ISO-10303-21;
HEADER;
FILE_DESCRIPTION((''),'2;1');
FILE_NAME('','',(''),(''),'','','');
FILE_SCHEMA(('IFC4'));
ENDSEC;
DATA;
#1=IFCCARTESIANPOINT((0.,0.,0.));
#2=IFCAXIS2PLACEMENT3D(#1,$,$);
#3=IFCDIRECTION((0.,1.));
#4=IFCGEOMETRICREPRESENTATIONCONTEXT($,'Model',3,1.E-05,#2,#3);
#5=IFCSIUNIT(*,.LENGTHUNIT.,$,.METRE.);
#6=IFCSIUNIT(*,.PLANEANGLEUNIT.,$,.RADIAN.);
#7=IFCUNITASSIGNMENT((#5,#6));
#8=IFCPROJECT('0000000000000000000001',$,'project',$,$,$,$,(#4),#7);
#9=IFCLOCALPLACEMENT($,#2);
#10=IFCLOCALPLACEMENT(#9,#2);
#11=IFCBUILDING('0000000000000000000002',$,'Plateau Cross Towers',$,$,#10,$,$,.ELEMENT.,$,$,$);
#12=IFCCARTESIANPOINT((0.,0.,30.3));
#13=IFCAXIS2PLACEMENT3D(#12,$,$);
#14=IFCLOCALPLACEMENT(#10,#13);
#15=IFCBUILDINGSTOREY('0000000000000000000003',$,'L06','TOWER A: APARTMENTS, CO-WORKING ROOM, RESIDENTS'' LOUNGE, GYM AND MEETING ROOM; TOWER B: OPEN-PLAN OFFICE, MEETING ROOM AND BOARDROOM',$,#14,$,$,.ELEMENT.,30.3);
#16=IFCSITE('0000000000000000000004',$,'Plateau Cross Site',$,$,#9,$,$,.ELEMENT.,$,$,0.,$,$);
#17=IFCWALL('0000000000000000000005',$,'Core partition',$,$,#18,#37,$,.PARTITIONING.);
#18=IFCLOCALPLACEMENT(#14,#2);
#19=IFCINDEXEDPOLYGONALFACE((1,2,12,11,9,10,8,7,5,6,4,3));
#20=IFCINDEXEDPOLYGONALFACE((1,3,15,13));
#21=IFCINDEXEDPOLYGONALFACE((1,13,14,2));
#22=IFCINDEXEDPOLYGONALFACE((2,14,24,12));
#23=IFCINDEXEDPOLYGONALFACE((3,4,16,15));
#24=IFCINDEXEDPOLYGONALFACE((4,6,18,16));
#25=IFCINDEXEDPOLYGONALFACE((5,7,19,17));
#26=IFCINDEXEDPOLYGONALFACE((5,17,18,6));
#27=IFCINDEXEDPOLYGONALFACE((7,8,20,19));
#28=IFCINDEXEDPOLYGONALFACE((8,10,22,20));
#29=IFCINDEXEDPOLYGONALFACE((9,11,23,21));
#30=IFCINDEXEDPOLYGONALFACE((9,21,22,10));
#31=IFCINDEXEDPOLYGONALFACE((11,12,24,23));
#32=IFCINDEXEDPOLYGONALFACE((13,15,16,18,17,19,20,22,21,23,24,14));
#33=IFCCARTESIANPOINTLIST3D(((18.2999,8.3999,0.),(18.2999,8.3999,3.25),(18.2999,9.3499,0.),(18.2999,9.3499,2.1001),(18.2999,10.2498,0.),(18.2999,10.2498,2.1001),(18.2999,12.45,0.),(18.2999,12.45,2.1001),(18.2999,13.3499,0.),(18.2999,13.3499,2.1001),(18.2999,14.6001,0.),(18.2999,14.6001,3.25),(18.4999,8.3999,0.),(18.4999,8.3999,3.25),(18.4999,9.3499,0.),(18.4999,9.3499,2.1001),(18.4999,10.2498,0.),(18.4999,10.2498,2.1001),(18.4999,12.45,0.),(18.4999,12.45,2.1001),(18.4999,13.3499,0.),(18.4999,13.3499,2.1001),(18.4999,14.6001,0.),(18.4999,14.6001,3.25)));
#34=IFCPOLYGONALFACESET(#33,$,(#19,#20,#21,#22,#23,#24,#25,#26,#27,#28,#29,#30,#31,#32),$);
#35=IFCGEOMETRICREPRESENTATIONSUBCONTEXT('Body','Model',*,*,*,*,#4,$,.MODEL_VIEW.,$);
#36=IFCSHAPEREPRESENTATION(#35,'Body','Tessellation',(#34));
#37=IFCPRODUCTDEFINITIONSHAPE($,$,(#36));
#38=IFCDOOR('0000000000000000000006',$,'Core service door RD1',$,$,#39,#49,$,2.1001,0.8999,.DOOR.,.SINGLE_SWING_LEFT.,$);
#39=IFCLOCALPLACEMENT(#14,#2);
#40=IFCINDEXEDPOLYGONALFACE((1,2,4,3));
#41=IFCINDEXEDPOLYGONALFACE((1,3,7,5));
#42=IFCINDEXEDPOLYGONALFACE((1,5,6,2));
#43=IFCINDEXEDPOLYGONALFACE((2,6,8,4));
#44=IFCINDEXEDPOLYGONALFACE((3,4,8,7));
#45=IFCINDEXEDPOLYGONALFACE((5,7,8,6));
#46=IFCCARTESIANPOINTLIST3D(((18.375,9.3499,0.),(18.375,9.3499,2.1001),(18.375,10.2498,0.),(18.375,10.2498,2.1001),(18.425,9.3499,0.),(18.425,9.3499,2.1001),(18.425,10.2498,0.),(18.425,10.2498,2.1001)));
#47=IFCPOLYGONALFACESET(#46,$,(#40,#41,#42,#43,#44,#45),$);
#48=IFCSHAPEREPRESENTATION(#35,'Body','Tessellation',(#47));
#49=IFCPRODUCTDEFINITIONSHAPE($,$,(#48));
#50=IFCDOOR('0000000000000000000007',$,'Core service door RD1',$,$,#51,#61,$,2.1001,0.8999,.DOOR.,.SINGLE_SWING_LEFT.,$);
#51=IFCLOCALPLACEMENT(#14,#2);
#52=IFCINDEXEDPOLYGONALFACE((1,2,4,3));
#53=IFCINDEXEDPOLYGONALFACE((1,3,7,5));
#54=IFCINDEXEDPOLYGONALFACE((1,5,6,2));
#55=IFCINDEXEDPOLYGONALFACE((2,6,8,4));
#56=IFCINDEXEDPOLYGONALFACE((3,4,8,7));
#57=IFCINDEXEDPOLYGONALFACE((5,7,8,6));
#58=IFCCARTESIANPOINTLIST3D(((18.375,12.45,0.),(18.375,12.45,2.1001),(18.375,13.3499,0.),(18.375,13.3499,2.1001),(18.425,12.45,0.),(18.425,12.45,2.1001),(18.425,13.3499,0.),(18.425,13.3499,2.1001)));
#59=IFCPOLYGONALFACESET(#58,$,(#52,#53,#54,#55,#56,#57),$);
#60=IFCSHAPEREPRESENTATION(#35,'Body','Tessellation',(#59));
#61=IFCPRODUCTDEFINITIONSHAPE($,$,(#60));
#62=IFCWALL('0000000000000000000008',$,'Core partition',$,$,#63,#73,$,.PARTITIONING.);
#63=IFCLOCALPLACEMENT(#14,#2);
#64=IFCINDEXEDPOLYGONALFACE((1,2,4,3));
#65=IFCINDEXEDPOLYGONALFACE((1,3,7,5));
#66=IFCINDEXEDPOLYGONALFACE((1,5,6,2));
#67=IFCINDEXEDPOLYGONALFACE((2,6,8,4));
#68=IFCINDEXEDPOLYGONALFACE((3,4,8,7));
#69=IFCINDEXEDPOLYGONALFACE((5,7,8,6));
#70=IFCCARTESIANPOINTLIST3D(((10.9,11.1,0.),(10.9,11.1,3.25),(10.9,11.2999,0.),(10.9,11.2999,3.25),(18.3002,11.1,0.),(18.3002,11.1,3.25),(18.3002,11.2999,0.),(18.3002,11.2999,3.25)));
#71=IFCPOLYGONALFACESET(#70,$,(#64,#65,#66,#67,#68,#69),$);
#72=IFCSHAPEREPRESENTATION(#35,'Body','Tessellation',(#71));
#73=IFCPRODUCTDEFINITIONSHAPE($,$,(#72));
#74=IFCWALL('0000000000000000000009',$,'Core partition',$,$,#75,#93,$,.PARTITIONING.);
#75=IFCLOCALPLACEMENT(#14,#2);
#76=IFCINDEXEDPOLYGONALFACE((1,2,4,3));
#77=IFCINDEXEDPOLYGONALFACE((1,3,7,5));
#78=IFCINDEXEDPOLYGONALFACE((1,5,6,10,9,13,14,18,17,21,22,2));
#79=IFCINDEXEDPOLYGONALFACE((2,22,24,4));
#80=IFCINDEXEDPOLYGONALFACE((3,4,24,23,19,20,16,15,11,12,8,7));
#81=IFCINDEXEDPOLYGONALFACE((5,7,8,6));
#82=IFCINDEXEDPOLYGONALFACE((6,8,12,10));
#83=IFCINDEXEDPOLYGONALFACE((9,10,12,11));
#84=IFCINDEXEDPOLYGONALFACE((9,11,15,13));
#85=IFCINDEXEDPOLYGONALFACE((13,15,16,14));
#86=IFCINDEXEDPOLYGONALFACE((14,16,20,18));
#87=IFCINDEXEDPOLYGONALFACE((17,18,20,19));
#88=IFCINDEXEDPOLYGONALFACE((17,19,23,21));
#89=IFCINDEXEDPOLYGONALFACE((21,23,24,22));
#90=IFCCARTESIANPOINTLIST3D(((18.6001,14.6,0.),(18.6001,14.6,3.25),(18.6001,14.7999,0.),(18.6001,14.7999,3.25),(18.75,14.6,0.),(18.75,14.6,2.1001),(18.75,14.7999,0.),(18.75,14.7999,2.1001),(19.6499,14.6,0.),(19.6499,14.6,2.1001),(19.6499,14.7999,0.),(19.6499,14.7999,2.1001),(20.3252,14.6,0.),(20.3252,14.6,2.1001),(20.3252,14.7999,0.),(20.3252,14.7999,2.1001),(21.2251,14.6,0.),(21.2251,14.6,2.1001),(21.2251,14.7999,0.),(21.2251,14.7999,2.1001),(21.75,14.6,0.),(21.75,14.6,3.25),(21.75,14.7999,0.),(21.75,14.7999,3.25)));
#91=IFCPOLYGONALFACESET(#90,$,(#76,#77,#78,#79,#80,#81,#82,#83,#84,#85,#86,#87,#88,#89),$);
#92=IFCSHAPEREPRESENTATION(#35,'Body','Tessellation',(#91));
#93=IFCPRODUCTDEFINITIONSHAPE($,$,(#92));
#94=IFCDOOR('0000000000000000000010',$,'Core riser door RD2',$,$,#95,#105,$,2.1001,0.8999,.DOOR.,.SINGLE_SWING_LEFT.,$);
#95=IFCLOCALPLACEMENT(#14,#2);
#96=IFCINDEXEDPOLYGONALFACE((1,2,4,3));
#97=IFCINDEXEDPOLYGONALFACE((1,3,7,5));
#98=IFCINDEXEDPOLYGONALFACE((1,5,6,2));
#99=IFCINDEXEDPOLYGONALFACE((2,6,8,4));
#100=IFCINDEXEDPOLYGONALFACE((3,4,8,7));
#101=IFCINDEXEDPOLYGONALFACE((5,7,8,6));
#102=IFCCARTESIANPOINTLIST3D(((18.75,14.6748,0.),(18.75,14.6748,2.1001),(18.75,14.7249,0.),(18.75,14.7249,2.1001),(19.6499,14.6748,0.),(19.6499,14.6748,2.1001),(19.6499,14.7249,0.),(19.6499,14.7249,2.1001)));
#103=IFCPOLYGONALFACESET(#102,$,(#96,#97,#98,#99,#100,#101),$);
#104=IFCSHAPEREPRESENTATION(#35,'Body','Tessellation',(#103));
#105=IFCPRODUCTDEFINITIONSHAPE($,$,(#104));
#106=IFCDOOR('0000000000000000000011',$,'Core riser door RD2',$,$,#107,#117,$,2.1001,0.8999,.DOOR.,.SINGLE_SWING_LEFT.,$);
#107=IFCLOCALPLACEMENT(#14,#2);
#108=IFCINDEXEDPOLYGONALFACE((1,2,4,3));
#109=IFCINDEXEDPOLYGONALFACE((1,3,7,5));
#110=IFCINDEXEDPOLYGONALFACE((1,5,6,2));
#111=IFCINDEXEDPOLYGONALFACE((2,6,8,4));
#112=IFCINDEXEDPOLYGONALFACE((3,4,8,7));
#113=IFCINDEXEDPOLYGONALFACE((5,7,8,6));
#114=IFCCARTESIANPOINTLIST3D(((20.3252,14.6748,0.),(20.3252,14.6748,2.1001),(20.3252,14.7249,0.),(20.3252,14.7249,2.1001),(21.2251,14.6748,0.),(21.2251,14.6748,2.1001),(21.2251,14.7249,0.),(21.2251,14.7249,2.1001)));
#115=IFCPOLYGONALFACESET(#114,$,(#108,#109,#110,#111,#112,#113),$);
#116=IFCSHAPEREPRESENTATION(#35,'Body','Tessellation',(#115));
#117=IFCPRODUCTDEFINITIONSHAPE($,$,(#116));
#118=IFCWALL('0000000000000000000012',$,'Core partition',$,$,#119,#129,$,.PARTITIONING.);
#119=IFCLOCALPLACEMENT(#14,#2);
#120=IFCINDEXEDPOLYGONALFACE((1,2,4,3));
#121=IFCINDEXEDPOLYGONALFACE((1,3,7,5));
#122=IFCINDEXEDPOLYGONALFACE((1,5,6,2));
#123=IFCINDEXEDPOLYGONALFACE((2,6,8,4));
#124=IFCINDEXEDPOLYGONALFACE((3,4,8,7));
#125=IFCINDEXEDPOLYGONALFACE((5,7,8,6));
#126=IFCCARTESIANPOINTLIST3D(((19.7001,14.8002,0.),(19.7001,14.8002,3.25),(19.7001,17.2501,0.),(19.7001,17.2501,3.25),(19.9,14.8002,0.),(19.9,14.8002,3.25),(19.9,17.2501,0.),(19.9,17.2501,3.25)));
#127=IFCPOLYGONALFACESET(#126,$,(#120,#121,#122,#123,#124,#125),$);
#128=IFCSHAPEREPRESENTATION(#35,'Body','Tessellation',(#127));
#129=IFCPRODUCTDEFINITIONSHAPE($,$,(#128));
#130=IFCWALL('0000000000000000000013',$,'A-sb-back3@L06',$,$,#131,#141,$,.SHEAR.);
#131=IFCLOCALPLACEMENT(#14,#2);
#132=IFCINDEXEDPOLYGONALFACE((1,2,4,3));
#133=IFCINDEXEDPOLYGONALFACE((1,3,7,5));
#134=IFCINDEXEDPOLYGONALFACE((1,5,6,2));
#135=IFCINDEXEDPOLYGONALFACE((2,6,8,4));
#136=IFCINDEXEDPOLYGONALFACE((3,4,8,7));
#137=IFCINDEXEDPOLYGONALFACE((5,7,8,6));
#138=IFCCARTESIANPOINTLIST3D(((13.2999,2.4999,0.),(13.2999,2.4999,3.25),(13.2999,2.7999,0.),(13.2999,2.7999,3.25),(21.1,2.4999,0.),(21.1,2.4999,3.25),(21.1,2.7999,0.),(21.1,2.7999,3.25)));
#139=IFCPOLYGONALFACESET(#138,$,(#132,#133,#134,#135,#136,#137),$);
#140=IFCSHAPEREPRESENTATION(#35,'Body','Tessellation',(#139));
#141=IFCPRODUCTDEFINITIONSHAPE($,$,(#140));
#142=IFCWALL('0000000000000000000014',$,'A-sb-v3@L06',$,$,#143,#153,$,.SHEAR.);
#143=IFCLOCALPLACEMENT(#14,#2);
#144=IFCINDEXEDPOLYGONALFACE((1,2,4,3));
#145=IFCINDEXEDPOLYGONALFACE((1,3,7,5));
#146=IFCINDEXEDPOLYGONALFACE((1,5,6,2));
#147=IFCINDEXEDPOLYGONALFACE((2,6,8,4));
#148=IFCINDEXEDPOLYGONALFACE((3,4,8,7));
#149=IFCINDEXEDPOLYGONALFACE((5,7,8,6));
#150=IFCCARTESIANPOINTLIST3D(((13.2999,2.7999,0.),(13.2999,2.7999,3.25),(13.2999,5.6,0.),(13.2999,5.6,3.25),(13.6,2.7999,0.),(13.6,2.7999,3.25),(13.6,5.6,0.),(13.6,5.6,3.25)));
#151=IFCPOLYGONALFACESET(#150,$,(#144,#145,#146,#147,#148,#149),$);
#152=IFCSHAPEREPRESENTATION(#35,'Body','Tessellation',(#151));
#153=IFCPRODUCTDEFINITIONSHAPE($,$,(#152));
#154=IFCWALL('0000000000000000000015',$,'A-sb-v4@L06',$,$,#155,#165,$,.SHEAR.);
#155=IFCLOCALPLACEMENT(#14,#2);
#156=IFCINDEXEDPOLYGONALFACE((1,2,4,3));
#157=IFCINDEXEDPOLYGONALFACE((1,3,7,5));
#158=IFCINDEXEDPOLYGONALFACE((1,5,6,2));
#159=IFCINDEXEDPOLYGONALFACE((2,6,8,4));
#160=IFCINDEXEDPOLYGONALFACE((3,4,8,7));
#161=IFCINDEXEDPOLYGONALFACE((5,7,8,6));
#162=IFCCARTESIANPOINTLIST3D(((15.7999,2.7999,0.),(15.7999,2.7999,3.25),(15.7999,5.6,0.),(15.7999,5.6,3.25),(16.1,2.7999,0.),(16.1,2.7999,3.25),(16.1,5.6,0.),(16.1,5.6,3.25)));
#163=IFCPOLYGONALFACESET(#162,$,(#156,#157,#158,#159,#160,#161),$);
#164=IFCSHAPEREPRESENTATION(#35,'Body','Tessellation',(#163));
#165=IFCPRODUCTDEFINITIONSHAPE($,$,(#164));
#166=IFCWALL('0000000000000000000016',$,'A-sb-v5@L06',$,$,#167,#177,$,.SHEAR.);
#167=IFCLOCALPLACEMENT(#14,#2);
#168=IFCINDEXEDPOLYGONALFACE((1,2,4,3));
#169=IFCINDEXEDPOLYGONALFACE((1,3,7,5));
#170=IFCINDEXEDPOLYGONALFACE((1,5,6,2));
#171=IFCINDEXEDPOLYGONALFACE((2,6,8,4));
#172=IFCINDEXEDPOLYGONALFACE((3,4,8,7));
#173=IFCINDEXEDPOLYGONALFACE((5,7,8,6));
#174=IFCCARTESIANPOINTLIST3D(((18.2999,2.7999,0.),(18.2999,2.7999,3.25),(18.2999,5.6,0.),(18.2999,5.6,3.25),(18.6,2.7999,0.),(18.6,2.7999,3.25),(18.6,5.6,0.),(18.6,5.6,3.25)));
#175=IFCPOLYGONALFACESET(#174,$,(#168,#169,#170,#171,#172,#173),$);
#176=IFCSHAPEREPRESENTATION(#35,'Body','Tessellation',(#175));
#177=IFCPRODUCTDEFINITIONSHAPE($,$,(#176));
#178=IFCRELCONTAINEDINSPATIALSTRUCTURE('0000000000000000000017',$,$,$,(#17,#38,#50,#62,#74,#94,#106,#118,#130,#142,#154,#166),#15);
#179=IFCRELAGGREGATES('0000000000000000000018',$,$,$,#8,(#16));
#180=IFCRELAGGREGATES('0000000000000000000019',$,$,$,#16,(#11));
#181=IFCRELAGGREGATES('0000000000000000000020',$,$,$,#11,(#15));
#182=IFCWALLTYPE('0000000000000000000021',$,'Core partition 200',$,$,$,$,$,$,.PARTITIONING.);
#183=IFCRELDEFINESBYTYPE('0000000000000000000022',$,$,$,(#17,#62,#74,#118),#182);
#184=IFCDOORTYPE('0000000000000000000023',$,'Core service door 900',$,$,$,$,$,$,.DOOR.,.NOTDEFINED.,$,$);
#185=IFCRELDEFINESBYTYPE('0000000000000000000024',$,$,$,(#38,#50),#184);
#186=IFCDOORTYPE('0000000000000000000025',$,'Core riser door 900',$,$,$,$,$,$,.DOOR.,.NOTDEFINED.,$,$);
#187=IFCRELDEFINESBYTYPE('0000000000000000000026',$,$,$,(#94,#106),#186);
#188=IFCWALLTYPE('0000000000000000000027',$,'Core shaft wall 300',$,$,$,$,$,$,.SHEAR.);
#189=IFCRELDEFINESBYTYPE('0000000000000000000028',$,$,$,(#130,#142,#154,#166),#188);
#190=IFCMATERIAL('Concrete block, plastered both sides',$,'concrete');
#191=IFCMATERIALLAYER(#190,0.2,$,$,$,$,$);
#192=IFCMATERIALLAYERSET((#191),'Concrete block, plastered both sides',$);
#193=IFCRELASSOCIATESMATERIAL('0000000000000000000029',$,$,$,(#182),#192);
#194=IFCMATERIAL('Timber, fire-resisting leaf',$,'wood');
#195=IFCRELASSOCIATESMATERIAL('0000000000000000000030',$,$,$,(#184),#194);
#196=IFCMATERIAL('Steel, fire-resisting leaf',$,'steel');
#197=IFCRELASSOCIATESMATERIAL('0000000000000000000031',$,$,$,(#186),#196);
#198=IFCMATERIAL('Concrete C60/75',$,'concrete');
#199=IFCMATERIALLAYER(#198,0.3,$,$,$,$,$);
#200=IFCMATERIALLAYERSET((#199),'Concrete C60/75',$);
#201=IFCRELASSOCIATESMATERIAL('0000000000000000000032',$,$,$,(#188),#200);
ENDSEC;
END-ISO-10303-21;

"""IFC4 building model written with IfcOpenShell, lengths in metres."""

from ifc_helpers import new_model, si_unit, direction, frame, frame_2d, origin, place, context, subcontext, project, spatial, rectangle, extrude, material, layer, layer_set, type_object, element, fill, save


model = new_model("IFC4")

# Units and contexts
model_context = context("Model", 3, precision=1e-05, world=origin(), true_north=direction((0.0, 1.0)))
body_context = subcontext(model_context, "Body", "Model", "MODEL_VIEW")
ifc_project = project(units=[si_unit("LENGTHUNIT", "METRE"), si_unit("PLANEANGLEUNIT", "RADIAN")], contexts=[model_context])

# Site, building, storey
site_placement = place(None, origin())
site = spatial("IfcSite", under=ifc_project, at=site_placement, Name="Plateau Cross Site", CompositionType="ELEMENT", RefElevation=0.0)
building_placement = place(site_placement, origin())
building = spatial("IfcBuilding", under=site, at=building_placement, Name="Plateau Cross Towers", CompositionType="ELEMENT")
storey_placement = place(building_placement, frame((0.0, 0.0, 30.3)))
storey = spatial("IfcBuildingStorey", under=building, at=storey_placement, Name="L06", Description="TOWER A: APARTMENTS, CO-WORKING ROOM, RESIDENTS' LOUNGE, GYM AND MEETING ROOM; TOWER B: OPEN-PLAN OFFICE, MEETING ROOM AND BOARDROOM", CompositionType="ELEMENT", Elevation=30.3)

# Shared definitions
ifc_material_1 = material(Name="Concrete C60/75", Category="concrete")

# Shared definitions
ifc_material_2 = material(Name="Concrete block, plastered both sides", Category="concrete")
ifc_layer_1 = layer(ifc_material_2, 0.2)
ifc_layer_set_1 = layer_set([ifc_layer_1], Name="Concrete block, plastered both sides")
wall_type_1 = type_object("IfcWallType", Name="Core partition 200", PredefinedType="PARTITIONING", material=ifc_layer_set_1)

# Wall, openings, doors
wall_1_placement = place(storey_placement, frame((18.3999, 8.3999, 0.0), z_axis=(0.0, 0.0, 1.0), x_axis=(0.0, 1.0, 0.0)))
wall_1 = element("IfcWall", 1, at=wall_1_placement, inside=storey, type_object=wall_type_1, Name="Core partition", PredefinedType="PARTITIONING", context=body_context, shape_type="SweptSolid", body=[
    extrude(rectangle(XDim=6.2002, YDim=0.2, at=frame_2d((3.1001, 0.0))), origin(), (0.0, 0.0, 1.0), 3.25),
])
opening_1_placement = place(wall_1_placement, frame((0.95, 0.0, 0.0)))
opening_1 = element("IfcOpeningElement", 2, at=opening_1_placement, cuts=wall_1, PredefinedType="OPENING", context=body_context, shape_type="SweptSolid", body=[
    extrude(rectangle(XDim=0.8999, YDim=2.1001, at=frame_2d((0.45, 1.05))), frame((0.0, 0.1099, 0.0), z_axis=(0.0, -1.0, 0.0), x_axis=(1.0, 0.0, 0.0)), (0.0, 0.0, 1.0), 0.22),
])
opening_2_placement = place(wall_1_placement, frame((4.05, 0.0, 0.0)))
opening_2 = element("IfcOpeningElement", 3, at=opening_2_placement, cuts=wall_1, PredefinedType="OPENING", context=body_context, shape_type="SweptSolid", body=[
    extrude(rectangle(XDim=0.8999, YDim=2.1001, at=frame_2d((0.45, 1.05))), frame((0.0, 0.1099, 0.0), z_axis=(0.0, -1.0, 0.0), x_axis=(1.0, 0.0, 0.0)), (0.0, 0.0, 1.0), 0.22),
])
ifc_material_3 = material(Name="Timber, fire-resisting leaf", Category="wood")
door_type_1 = type_object("IfcDoorType", Name="Core service door 900", OperationType="NOTDEFINED", PredefinedType="DOOR", material=ifc_material_3)
door_1_placement = place(opening_1_placement, origin())
door_1 = element("IfcDoor", 4, at=door_1_placement, inside=storey, type_object=door_type_1, Name="Core service door RD1", OperationType="SINGLE_SWING_LEFT", OverallHeight=2.1001, OverallWidth=0.8999, PredefinedType="DOOR", context=body_context, shape_type="SweptSolid", body=[
    extrude(rectangle(XDim=0.8999, YDim=2.1001, at=frame_2d((0.45, 1.05))), frame((0.0, 0.0249, 0.0), z_axis=(0.0, -1.0, 0.0), x_axis=(1.0, 0.0, 0.0)), (0.0, 0.0, 1.0), 0.05),
])
fill(opening_1, door_1)
door_2_placement = place(opening_2_placement, origin())
door_2 = element("IfcDoor", 5, at=door_2_placement, inside=storey, type_object=door_type_1, Name="Core service door RD1", OperationType="SINGLE_SWING_LEFT", OverallHeight=2.1001, OverallWidth=0.8999, PredefinedType="DOOR", context=body_context, shape_type="SweptSolid", body=[
    extrude(rectangle(XDim=0.8999, YDim=2.1001, at=frame_2d((0.45, 1.05))), frame((0.0, 0.0249, 0.0), z_axis=(0.0, -1.0, 0.0), x_axis=(1.0, 0.0, 0.0)), (0.0, 0.0, 1.0), 0.05),
])
fill(opening_2, door_2)

# Wall
wall_2_placement = place(storey_placement, frame((10.8999, 11.2, 0.0), z_axis=(0.0, 0.0, 1.0), x_axis=(1.0, 0.0, 0.0)))
element("IfcWall", 6, at=wall_2_placement, inside=storey, type_object=wall_type_1, Name="Core partition", PredefinedType="PARTITIONING", context=body_context, shape_type="SweptSolid", body=[
    extrude(rectangle(XDim=7.4001, YDim=0.2, at=frame_2d((3.7002, 0.0))), origin(), (0.0, 0.0, 1.0), 3.25),
])

# Wall, openings, doors
wall_3_placement = place(storey_placement, frame((18.6001, 14.7, 0.0), z_axis=(0.0, 0.0, 1.0), x_axis=(1.0, 0.0, 0.0)))
wall_3 = element("IfcWall", 7, at=wall_3_placement, inside=storey, type_object=wall_type_1, Name="Core partition", PredefinedType="PARTITIONING", context=body_context, shape_type="SweptSolid", body=[
    extrude(rectangle(XDim=3.1499, YDim=0.2, at=frame_2d((1.575, 0.0))), origin(), (0.0, 0.0, 1.0), 3.25),
])
opening_3_placement = place(wall_3_placement, frame((0.1499, 0.0, 0.0)))
opening_3 = element("IfcOpeningElement", 8, at=opening_3_placement, cuts=wall_3, PredefinedType="OPENING", context=body_context, shape_type="SweptSolid", body=[
    extrude(rectangle(XDim=0.8999, YDim=2.1001, at=frame_2d((0.45, 1.05))), frame((0.0, 0.1099, 0.0), z_axis=(0.0, -1.0, 0.0), x_axis=(1.0, 0.0, 0.0)), (0.0, 0.0, 1.0), 0.22),
])
opening_4_placement = place(wall_3_placement, frame((1.7251, 0.0, 0.0)))
opening_4 = element("IfcOpeningElement", 9, at=opening_4_placement, cuts=wall_3, PredefinedType="OPENING", context=body_context, shape_type="SweptSolid", body=[
    extrude(rectangle(XDim=0.8999, YDim=2.1001, at=frame_2d((0.45, 1.05))), frame((0.0, 0.1099, 0.0), z_axis=(0.0, -1.0, 0.0), x_axis=(1.0, 0.0, 0.0)), (0.0, 0.0, 1.0), 0.22),
])
ifc_material_4 = material(Name="Steel, fire-resisting leaf", Category="steel")
door_type_2 = type_object("IfcDoorType", Name="Core riser door 900", OperationType="NOTDEFINED", PredefinedType="DOOR", material=ifc_material_4)
door_3_placement = place(opening_3_placement, origin())
door_3 = element("IfcDoor", 10, at=door_3_placement, inside=storey, type_object=door_type_2, Name="Core riser door RD2", OperationType="SINGLE_SWING_LEFT", OverallHeight=2.1001, OverallWidth=0.8999, PredefinedType="DOOR", context=body_context, shape_type="SweptSolid", body=[
    extrude(rectangle(XDim=0.8999, YDim=2.1001, at=frame_2d((0.45, 1.05))), frame((0.0, 0.0249, 0.0), z_axis=(0.0, -1.0, 0.0), x_axis=(1.0, 0.0, 0.0)), (0.0, 0.0, 1.0), 0.05),
])
fill(opening_3, door_3)
door_4_placement = place(opening_4_placement, origin())
door_4 = element("IfcDoor", 11, at=door_4_placement, inside=storey, type_object=door_type_2, Name="Core riser door RD2", OperationType="SINGLE_SWING_LEFT", OverallHeight=2.1001, OverallWidth=0.8999, PredefinedType="DOOR", context=body_context, shape_type="SweptSolid", body=[
    extrude(rectangle(XDim=0.8999, YDim=2.1001, at=frame_2d((0.45, 1.05))), frame((0.0, 0.0249, 0.0), z_axis=(0.0, -1.0, 0.0), x_axis=(1.0, 0.0, 0.0)), (0.0, 0.0, 1.0), 0.05),
])
fill(opening_4, door_4)

# Walls
wall_4_placement = place(storey_placement, frame((19.8, 14.8, 0.0), z_axis=(0.0, 0.0, 1.0), x_axis=(0.0, 1.0, 0.0)))
element("IfcWall", 12, at=wall_4_placement, inside=storey, type_object=wall_type_1, Name="Core partition", PredefinedType="PARTITIONING", context=body_context, shape_type="SweptSolid", body=[
    extrude(rectangle(XDim=2.45, YDim=0.2, at=frame_2d((1.2251, 0.0))), origin(), (0.0, 0.0, 1.0), 3.25),
])
ifc_layer_2 = layer(ifc_material_1, 0.3)
ifc_layer_set_2 = layer_set([ifc_layer_2], Name="Concrete C60/75")
wall_type_2 = type_object("IfcWallType", Name="Core shaft wall 300", PredefinedType="SHEAR", material=ifc_layer_set_2)
wall_5_placement = place(storey_placement, frame((13.3, 2.6499, 0.0), z_axis=(0.0, 0.0, 1.0), x_axis=(1.0, 0.0, 0.0)))
element("IfcWall", 13, at=wall_5_placement, inside=storey, type_object=wall_type_2, Name="A-sb-back3@L06", PredefinedType="SHEAR", context=body_context, shape_type="SweptSolid", body=[
    extrude(rectangle(XDim=7.8, YDim=0.3, at=frame_2d((3.8999, 0.0))), origin(), (0.0, 0.0, 1.0), 3.25),
])
for number, where, z_axis, x_axis, name in (
    (14, (13.45, 2.8, 0.0), (0.0, 0.0, 1.0), (0.0, 1.0, 0.0), "A-sb-v3@L06"),
    (15, (15.95, 2.8, 0.0), (0.0, 0.0, 1.0), (0.0, 1.0, 0.0), "A-sb-v4@L06"),
    (16, (18.45, 2.8, 0.0), (0.0, 0.0, 1.0), (0.0, 1.0, 0.0), "A-sb-v5@L06"),
):
    element("IfcWall", number, at=place(storey_placement, frame(where, z_axis=z_axis, x_axis=x_axis)), inside=storey, type_object=wall_type_2, Name=name, PredefinedType="SHEAR", context=body_context, shape_type="SweptSolid", body=[
        extrude(rectangle(XDim=2.8, YDim=0.3, at=frame_2d((1.3999, 0.0))), origin(), (0.0, 0.0, 1.0), 3.25),
    ])

save(model, "model.ifc")
